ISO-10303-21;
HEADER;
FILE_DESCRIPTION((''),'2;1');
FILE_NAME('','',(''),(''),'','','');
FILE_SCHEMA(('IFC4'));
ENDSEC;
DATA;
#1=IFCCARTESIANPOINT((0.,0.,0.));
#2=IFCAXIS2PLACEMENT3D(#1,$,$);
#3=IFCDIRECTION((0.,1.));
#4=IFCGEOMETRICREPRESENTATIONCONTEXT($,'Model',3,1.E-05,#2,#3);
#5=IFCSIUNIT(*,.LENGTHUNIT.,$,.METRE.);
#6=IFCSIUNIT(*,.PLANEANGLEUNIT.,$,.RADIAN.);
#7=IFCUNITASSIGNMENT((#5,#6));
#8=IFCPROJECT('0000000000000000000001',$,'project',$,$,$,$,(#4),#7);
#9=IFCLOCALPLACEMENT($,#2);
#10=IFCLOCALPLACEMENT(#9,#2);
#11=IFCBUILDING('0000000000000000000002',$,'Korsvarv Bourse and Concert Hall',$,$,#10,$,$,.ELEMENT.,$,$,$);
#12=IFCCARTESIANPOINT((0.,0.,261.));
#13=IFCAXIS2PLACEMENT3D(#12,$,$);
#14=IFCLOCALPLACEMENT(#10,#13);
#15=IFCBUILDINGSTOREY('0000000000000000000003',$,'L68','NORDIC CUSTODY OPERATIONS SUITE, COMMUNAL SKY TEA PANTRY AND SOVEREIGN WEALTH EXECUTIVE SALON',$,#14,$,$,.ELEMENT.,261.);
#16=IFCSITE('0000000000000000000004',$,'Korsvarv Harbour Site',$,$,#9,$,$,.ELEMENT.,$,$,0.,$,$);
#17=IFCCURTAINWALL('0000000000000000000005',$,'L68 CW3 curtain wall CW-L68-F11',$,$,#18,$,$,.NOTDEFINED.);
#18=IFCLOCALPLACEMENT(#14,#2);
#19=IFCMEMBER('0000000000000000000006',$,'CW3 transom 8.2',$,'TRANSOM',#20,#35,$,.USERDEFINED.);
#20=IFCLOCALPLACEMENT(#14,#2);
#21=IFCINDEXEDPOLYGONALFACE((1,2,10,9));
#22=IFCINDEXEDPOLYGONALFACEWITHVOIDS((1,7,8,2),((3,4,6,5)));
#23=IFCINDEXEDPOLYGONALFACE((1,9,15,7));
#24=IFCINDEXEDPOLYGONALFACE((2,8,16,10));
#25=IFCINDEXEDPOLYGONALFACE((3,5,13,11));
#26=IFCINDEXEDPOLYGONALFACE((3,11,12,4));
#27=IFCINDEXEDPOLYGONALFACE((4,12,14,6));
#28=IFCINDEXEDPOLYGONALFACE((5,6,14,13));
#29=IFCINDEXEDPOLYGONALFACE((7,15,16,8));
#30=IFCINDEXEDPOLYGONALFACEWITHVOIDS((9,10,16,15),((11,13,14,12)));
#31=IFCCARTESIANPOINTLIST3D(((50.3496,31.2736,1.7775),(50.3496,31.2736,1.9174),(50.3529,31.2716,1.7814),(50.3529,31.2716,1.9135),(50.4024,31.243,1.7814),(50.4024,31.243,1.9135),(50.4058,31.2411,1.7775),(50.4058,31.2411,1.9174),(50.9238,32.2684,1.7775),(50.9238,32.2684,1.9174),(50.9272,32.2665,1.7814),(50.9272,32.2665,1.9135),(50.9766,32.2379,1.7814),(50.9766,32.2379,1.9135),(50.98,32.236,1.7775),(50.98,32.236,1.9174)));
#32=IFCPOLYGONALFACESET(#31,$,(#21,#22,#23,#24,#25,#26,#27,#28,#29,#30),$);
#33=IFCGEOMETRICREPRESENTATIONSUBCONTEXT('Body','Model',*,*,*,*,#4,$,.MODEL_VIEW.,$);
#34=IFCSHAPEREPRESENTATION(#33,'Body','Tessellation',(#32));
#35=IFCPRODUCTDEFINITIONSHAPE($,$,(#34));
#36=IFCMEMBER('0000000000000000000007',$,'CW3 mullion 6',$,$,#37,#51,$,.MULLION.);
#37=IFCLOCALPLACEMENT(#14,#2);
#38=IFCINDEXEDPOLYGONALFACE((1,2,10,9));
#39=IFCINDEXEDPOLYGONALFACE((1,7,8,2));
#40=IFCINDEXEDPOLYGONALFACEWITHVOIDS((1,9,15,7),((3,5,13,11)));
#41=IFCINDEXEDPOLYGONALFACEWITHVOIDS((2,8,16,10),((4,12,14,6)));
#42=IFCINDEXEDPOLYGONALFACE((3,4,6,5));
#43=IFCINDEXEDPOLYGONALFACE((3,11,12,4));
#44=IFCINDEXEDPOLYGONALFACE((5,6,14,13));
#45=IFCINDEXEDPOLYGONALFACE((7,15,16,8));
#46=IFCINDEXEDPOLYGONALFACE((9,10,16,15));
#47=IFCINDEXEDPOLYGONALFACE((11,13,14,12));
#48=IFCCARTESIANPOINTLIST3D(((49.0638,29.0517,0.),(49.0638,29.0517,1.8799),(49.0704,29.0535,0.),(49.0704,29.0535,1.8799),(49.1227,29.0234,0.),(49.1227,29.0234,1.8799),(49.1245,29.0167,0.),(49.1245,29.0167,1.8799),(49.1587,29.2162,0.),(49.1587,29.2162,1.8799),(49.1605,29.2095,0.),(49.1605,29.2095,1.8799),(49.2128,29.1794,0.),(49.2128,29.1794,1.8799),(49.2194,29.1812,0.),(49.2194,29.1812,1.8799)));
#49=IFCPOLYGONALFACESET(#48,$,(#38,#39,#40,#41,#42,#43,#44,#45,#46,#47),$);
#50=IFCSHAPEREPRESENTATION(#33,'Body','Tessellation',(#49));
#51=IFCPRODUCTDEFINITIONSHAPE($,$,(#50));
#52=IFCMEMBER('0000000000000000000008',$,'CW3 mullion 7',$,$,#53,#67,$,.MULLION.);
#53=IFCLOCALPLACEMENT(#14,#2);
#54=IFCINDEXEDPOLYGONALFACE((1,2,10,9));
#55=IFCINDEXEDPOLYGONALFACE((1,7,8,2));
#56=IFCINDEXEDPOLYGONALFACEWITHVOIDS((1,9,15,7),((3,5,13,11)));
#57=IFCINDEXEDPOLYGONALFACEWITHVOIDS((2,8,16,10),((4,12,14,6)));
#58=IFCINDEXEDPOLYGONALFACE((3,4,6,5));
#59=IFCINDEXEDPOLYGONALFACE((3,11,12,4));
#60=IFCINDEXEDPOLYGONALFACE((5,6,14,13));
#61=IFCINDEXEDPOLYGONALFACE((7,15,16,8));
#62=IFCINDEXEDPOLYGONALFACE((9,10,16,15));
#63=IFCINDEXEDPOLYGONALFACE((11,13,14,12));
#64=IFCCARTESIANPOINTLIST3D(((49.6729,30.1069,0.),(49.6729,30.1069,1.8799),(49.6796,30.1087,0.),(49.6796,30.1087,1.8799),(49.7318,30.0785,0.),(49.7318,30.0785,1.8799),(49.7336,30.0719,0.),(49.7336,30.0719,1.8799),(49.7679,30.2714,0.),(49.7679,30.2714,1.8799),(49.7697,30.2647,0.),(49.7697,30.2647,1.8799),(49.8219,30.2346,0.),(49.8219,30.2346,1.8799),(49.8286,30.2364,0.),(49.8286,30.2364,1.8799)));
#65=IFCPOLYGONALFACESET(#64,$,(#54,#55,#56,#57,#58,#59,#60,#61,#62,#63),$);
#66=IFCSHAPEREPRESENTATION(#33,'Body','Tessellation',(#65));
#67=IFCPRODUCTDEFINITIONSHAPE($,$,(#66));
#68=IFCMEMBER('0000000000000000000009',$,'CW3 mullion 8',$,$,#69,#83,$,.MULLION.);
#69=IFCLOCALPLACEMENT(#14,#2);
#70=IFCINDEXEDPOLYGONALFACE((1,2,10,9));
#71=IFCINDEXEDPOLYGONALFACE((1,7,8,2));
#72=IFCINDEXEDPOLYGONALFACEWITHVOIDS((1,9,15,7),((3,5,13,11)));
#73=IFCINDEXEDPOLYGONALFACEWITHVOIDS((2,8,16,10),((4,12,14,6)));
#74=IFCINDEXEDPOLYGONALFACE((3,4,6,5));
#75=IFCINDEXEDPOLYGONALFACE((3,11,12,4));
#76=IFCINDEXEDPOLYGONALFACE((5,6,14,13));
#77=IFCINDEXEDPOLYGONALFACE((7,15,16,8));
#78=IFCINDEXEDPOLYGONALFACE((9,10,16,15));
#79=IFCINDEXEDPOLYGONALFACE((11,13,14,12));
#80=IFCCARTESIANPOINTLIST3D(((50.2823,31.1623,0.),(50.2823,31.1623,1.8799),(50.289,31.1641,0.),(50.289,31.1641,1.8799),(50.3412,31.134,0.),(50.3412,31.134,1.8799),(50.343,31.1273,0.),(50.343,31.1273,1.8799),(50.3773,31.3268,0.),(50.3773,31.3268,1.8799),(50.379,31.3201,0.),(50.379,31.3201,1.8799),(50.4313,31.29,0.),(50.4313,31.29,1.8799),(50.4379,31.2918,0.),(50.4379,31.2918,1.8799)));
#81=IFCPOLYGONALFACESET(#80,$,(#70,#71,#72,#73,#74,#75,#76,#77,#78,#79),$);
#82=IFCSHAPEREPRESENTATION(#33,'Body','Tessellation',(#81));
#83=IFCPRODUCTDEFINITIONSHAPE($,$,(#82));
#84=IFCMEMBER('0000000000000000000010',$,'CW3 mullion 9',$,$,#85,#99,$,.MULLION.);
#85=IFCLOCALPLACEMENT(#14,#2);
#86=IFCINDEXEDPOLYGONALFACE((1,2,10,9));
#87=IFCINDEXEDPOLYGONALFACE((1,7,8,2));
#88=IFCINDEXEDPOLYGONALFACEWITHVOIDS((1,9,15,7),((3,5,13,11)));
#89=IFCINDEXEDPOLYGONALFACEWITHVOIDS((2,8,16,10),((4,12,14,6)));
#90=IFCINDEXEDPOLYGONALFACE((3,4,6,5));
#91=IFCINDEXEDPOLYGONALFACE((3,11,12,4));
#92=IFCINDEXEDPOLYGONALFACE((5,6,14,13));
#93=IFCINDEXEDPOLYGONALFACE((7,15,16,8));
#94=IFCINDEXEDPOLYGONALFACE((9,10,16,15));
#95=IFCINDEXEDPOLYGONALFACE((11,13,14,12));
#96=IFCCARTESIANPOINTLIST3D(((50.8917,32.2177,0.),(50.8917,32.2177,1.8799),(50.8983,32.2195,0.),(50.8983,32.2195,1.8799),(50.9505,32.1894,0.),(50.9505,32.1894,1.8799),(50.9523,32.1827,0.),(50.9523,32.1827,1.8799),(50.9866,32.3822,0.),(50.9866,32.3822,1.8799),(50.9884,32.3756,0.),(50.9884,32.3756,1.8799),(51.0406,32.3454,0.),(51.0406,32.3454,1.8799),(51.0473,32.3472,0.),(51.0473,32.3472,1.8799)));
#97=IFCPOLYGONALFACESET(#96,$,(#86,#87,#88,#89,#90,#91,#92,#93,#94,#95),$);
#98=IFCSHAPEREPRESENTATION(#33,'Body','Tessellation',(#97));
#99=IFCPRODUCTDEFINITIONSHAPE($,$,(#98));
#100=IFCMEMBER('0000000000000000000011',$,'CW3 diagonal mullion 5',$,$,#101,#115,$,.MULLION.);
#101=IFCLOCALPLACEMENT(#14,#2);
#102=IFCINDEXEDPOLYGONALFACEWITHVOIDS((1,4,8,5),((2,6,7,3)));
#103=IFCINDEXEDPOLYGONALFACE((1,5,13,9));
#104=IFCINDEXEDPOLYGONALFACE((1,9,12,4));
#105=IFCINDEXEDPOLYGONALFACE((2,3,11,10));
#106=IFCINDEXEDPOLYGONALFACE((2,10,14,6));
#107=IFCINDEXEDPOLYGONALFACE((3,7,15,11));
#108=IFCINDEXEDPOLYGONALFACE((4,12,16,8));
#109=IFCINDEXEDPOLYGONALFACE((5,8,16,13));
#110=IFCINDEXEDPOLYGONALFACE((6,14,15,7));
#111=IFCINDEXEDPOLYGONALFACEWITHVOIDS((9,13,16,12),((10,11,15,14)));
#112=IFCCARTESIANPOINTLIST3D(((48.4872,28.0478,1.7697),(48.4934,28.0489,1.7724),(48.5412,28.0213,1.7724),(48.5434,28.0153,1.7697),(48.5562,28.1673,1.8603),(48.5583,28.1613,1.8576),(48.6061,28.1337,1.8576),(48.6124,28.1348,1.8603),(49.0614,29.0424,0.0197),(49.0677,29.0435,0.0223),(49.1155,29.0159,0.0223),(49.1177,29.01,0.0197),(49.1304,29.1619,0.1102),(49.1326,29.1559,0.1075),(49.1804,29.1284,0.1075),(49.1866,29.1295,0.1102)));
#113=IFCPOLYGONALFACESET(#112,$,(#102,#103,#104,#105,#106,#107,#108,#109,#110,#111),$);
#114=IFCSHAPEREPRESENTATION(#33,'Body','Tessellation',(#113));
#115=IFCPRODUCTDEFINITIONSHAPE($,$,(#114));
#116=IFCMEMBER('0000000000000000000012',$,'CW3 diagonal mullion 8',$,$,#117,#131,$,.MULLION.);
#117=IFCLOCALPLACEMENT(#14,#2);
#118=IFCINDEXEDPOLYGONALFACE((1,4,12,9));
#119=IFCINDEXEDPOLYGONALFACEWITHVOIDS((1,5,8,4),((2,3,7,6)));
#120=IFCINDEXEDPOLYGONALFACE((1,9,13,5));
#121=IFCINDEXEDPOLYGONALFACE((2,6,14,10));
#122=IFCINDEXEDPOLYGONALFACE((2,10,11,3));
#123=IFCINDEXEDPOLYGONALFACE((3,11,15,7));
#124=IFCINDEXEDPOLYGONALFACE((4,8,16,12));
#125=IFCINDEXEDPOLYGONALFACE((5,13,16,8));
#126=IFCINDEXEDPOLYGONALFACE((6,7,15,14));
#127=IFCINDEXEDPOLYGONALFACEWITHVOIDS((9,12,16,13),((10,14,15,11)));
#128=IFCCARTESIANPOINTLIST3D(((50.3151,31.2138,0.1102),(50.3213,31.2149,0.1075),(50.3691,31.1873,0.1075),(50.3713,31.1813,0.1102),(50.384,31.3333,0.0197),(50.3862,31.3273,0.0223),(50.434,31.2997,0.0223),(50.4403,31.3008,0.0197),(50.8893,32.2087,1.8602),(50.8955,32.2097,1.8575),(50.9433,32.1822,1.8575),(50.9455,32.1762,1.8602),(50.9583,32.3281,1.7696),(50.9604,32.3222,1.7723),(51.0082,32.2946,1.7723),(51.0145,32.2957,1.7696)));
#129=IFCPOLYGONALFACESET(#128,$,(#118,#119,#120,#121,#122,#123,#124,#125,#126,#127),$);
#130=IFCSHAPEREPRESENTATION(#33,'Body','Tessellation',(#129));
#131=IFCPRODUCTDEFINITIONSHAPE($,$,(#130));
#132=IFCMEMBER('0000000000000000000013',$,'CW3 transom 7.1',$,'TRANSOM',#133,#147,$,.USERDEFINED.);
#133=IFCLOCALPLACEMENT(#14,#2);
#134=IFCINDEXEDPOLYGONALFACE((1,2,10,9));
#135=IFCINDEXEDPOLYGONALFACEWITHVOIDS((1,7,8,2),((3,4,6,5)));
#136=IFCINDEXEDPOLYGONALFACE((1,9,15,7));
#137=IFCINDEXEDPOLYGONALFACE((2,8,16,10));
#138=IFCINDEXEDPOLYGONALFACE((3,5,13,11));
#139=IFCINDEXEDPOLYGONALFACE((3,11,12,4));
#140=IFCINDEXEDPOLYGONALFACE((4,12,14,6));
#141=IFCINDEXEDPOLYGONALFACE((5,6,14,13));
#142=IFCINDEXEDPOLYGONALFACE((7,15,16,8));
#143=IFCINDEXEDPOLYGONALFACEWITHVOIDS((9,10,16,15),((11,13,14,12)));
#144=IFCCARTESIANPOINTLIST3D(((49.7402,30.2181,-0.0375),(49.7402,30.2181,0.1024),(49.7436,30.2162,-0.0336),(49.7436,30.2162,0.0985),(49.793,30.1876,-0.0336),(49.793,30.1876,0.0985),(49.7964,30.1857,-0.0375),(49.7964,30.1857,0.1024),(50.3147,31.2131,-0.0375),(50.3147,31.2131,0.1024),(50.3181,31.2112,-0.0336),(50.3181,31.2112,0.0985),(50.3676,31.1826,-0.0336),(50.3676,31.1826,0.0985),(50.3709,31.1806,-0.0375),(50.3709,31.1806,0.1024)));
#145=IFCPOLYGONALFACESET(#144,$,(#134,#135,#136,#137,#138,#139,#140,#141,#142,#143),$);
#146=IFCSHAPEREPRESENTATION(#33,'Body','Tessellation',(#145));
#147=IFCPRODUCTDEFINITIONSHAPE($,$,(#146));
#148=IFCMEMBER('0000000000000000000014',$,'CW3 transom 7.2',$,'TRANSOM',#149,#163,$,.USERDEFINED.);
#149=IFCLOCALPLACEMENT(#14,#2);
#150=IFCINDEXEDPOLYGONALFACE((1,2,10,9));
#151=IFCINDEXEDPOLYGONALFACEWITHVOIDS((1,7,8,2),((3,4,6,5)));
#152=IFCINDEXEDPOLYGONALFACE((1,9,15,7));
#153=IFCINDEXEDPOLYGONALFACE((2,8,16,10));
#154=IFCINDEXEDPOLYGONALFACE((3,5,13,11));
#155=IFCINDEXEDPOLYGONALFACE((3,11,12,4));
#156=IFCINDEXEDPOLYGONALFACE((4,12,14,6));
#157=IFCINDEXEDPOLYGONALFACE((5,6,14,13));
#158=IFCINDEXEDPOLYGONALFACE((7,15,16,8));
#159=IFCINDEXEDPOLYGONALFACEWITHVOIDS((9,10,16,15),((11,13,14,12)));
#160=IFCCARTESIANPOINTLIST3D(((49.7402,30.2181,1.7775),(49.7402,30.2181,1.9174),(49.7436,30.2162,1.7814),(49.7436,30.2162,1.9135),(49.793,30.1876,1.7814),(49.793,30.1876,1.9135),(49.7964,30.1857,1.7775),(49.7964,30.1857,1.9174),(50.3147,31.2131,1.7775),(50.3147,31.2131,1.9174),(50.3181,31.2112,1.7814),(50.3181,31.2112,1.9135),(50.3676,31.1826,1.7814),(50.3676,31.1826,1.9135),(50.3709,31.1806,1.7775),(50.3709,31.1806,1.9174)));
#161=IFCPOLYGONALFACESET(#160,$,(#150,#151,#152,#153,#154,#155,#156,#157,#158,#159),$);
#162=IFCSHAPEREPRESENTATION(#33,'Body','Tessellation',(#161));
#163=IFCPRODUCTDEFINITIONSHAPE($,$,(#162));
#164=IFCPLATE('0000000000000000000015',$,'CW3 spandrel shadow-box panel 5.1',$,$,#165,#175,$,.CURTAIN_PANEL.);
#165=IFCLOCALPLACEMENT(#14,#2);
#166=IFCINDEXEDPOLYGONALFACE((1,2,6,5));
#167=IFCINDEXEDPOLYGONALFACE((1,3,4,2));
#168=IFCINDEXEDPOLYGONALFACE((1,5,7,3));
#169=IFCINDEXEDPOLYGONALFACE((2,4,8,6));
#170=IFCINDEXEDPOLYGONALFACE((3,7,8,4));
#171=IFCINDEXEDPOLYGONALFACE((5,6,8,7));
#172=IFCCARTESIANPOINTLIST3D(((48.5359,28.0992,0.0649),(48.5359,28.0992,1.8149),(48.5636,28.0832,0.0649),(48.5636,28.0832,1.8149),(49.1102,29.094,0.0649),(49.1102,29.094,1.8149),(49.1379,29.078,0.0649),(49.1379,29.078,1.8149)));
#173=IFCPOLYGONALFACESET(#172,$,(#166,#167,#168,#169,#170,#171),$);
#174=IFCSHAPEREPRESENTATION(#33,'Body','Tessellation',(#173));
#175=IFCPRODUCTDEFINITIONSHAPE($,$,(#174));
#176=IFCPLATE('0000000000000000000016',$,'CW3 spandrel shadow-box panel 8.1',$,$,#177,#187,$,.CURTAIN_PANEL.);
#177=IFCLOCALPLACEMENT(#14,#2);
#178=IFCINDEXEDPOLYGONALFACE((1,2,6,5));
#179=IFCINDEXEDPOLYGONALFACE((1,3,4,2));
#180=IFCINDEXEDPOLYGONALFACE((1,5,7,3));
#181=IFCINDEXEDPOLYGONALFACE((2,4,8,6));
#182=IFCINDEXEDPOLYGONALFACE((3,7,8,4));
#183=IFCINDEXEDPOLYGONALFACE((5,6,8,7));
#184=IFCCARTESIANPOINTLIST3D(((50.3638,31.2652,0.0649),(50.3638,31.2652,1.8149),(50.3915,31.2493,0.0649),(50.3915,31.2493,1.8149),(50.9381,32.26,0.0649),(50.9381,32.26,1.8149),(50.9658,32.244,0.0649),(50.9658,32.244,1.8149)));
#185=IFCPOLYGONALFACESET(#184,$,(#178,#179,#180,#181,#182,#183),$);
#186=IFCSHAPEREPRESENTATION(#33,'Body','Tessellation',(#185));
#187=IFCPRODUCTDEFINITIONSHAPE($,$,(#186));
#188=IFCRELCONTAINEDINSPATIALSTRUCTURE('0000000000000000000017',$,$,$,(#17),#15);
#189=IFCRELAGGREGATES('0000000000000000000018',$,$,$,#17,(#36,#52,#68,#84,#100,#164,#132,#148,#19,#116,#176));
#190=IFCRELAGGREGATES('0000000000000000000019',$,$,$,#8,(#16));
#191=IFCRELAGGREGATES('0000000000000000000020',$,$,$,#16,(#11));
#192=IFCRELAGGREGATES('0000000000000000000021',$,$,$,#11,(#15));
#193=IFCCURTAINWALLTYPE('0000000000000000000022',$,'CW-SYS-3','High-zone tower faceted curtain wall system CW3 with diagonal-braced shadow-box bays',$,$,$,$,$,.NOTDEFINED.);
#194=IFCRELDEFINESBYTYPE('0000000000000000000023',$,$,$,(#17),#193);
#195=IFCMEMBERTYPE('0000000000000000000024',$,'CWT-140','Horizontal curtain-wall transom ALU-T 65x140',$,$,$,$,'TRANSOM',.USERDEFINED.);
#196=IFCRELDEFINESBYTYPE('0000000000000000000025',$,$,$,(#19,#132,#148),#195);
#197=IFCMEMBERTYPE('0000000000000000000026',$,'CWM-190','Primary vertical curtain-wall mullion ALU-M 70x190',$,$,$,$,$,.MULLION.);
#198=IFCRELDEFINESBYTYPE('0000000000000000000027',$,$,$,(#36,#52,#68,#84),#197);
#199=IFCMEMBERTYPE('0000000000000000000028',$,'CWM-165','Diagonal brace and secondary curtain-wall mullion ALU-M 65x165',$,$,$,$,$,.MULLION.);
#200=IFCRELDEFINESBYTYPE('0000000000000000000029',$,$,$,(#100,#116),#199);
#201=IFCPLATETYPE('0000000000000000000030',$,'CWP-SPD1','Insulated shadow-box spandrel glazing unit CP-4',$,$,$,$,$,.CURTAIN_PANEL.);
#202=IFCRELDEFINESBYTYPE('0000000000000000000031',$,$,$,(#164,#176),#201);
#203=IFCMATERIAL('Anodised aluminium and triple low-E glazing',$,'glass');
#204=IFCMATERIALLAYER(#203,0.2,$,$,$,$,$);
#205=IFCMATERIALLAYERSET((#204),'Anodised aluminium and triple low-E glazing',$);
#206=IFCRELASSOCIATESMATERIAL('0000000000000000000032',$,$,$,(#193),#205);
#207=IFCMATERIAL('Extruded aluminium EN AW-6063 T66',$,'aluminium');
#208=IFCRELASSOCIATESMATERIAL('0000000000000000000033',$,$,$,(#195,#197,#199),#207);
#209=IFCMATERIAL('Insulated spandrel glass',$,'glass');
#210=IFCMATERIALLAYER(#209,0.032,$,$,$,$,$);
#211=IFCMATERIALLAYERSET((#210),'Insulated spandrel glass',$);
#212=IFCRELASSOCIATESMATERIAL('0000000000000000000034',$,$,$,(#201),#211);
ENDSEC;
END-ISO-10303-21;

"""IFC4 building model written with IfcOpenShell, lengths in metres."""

from ifc_helpers import new_model, si_unit, direction, frame, origin, origin_2d, place, context, subcontext, project, spatial, rectangle, hollow_rectangle, extrude, source, transform, mapped, material, layer, layer_set, material_profile, profile_set, type_object, element, aggregate, save


model = new_model("IFC4")

# Units and contexts
model_context = context("Model", 3, precision=1e-05, world=origin(), true_north=direction((0.0, 1.0)))
body_context = subcontext(model_context, "Body", "Model", "MODEL_VIEW")
ifc_project = project(units=[si_unit("LENGTHUNIT", "METRE"), si_unit("PLANEANGLEUNIT", "RADIAN")], contexts=[model_context])

# Site, building, storey
site_placement = place(None, origin())
site = spatial("IfcSite", under=ifc_project, at=site_placement, Name="Korsvarv Harbour Site", CompositionType="ELEMENT", RefElevation=0.0)
building_placement = place(site_placement, origin())
building = spatial("IfcBuilding", under=site, at=building_placement, Name="Korsvarv Bourse and Concert Hall", CompositionType="ELEMENT")
storey_placement = place(building_placement, frame((0.0, 0.0, 261.0)))
storey = spatial("IfcBuildingStorey", under=building, at=storey_placement, Name="L68", Description="NORDIC CUSTODY OPERATIONS SUITE, COMMUNAL SKY TEA PANTRY AND SOVEREIGN WEALTH EXECUTIVE SALON", CompositionType="ELEMENT", Elevation=261.0)

# Curtain wall, members, plates
ifc_material_1 = material(Name="Anodised aluminium and triple low-E glazing", Category="glass")
ifc_layer_1 = layer(ifc_material_1, 0.2)
ifc_layer_set_1 = layer_set([ifc_layer_1], Name="Anodised aluminium and triple low-E glazing")
curtain_wall_type = type_object("IfcCurtainWallType", Name="CW-SYS-3", Description="High-zone tower faceted curtain wall system CW3 with diagonal-braced shadow-box bays", PredefinedType="NOTDEFINED", material=ifc_layer_set_1)
curtain_wall_placement = place(storey_placement, origin())
curtain_wall = element("IfcCurtainWall", 1, at=curtain_wall_placement, inside=storey, type_object=curtain_wall_type, Name="L68 CW3 curtain wall CW-L68-F11", PredefinedType="NOTDEFINED")
ifc_material_2 = material(Name="Extruded aluminium EN AW-6063 T66", Category="aluminium")
ifc_material_profile_1 = material_profile(ifc_material_2, hollow_rectangle(XDim=0.0649, YDim=0.1399, WallThickness=0.0039, at=origin_2d()), Name="ALU-T 65x140")
ifc_profile_set_1 = profile_set([ifc_material_profile_1], Name="Extruded aluminium EN AW-6063 T66")
member_type_1 = type_object("IfcMemberType", Name="CWT-140", Description="Horizontal curtain-wall transom ALU-T 65x140", ElementType="TRANSOM", PredefinedType="USERDEFINED", material=ifc_profile_set_1)
shared_shape_1 = source(origin(), body_context, "Body", "SweptSolid", [
    extrude(hollow_rectangle(XDim=0.0649, YDim=0.1399, WallThickness=0.0039, at=origin_2d()), origin(), (0.0, 0.0, 1.0), 1.1487),
])
member_1_placement = place(storey_placement, frame((50.3777, 31.2573, 1.8474), z_axis=(0.499888, 0.86609, 0.0), x_axis=(-0.86609, 0.499888, 0.0)))
member_1 = element("IfcMember", 2, at=member_1_placement, type_object=member_type_1, Name="CW3 transom 8.2", ObjectType="TRANSOM", PredefinedType="USERDEFINED", context=body_context, shape_type="MappedRepresentation", body=[
    mapped(shared_shape_1, transform((0.0, 0.0, 0.0), scale=1.0)),
])
ifc_material_profile_2 = material_profile(ifc_material_2, hollow_rectangle(XDim=0.0701, YDim=0.1899, WallThickness=0.0049, at=origin_2d()), Name="ALU-M 70x190")
ifc_profile_set_2 = profile_set([ifc_material_profile_2], Name="Extruded aluminium EN AW-6063 T66")
member_type_2 = type_object("IfcMemberType", Name="CWM-190", Description="Primary vertical curtain-wall mullion ALU-M 70x190", PredefinedType="MULLION", material=ifc_profile_set_2)
shared_shape_2 = source(origin(), body_context, "Body", "SweptSolid", [
    extrude(hollow_rectangle(XDim=0.0701, YDim=0.1899, WallThickness=0.0049, at=origin_2d()), origin(), (0.0, 0.0, 1.0), 1.8799),
])
member_2_placement = place(storey_placement, frame((49.1416, 29.1165, 0.0), z_axis=(0.0, 0.0, 1.0), x_axis=(-0.866023, 0.500004, 0.0)))
member_2 = element("IfcMember", 3, at=member_2_placement, type_object=member_type_2, Name="CW3 mullion 6", PredefinedType="MULLION", context=body_context, shape_type="MappedRepresentation", body=[
    mapped(shared_shape_2, transform((0.0, 0.0, 0.0), scale=1.0)),
])
member_3_placement = place(storey_placement, frame((49.7507, 30.1716, 0.0), z_axis=(0.0, 0.0, 1.0), x_axis=(-0.866023, 0.500004, 0.0)))
member_3 = element("IfcMember", 4, at=member_3_placement, type_object=member_type_2, Name="CW3 mullion 7", PredefinedType="MULLION", context=body_context, shape_type="MappedRepresentation", body=[
    mapped(shared_shape_2, transform((0.0, 0.0, 0.0), scale=1.0)),
])
member_4_placement = place(storey_placement, frame((50.3601, 31.2271, 0.0), z_axis=(0.0, 0.0, 1.0), x_axis=(-0.866023, 0.500004, 0.0)))
member_4 = element("IfcMember", 5, at=member_4_placement, type_object=member_type_2, Name="CW3 mullion 8", PredefinedType="MULLION", context=body_context, shape_type="MappedRepresentation", body=[
    mapped(shared_shape_2, transform((0.0, 0.0, 0.0), scale=1.0)),
])
member_5_placement = place(storey_placement, frame((50.9695, 32.2825, 0.0), z_axis=(0.0, 0.0, 1.0), x_axis=(-0.866023, 0.500004, 0.0)))
member_5 = element("IfcMember", 6, at=member_5_placement, type_object=member_type_2, Name="CW3 mullion 9", PredefinedType="MULLION", context=body_context, shape_type="MappedRepresentation", body=[
    mapped(shared_shape_2, transform((0.0, 0.0, 0.0), scale=1.0)),
])
ifc_material_profile_3 = material_profile(ifc_material_2, hollow_rectangle(XDim=0.0649, YDim=0.165, WallThickness=0.0049, at=origin_2d()), Name="ALU-M 65x165")
ifc_profile_set_3 = profile_set([ifc_material_profile_3], Name="Extruded aluminium EN AW-6063 T66")
member_type_3 = type_object("IfcMemberType", Name="CWM-165", Description="Diagonal brace and secondary curtain-wall mullion ALU-M 65x165", PredefinedType="MULLION", material=ifc_profile_set_3)
shared_shape_3 = source(origin(), body_context, "Body", "SweptSolid", [
    extrude(hollow_rectangle(XDim=0.0649, YDim=0.165, WallThickness=0.0049, at=origin_2d()), origin(), (0.0, 0.0, 1.0), 2.0933),
])
member_6_placement = place(storey_placement, frame((49.124, 29.0859, 0.0649), z_axis=(-0.274325, -0.47517, 0.836038), x_axis=(0.866037, -0.49998, 0.0)))
member_6 = element("IfcMember", 7, at=member_6_placement, type_object=member_type_3, Name="CW3 diagonal mullion 5", PredefinedType="MULLION", context=body_context, shape_type="MappedRepresentation", body=[
    mapped(shared_shape_3, transform((0.0, 0.0, 0.0), scale=1.0)),
])
member_7_placement = place(storey_placement, frame((50.3777, 31.2573, 0.0649), z_axis=(0.27431, 0.47526, 0.835992), x_axis=(-0.86609, 0.499888, 0.0)))
member_7 = element("IfcMember", 8, at=member_7_placement, type_object=member_type_3, Name="CW3 diagonal mullion 8", PredefinedType="MULLION", context=body_context, shape_type="MappedRepresentation", body=[
    mapped(shared_shape_3, transform((0.0, 0.0, 0.0), scale=1.0)),
])
shared_shape_4 = source(origin(), body_context, "Body", "SweptSolid", [
    extrude(hollow_rectangle(XDim=0.0649, YDim=0.1399, WallThickness=0.0039, at=origin_2d()), origin(), (0.0, 0.0, 1.0), 1.1489),
])
member_8_placement = place(storey_placement, frame((49.7683, 30.2019, 0.0325), z_axis=(0.500047, 0.865998, 0.0), x_axis=(-0.865998, 0.500047, 0.0)))
member_8 = element("IfcMember", 9, at=member_8_placement, type_object=member_type_1, Name="CW3 transom 7.1", ObjectType="TRANSOM", PredefinedType="USERDEFINED", context=body_context, shape_type="MappedRepresentation", body=[
    mapped(shared_shape_4, transform((0.0, 0.0, 0.0), scale=1.0)),
])
member_9_placement = place(storey_placement, frame((49.7683, 30.2019, 1.8474), z_axis=(0.500047, 0.865998, 0.0), x_axis=(-0.865998, 0.500047, 0.0)))
member_9 = element("IfcMember", 10, at=member_9_placement, type_object=member_type_1, Name="CW3 transom 7.2", ObjectType="TRANSOM", PredefinedType="USERDEFINED", context=body_context, shape_type="MappedRepresentation", body=[
    mapped(shared_shape_4, transform((0.0, 0.0, 0.0), scale=1.0)),
])
ifc_material_3 = material(Name="Insulated spandrel glass", Category="glass")
ifc_layer_2 = layer(ifc_material_3, 0.032)
ifc_layer_set_2 = layer_set([ifc_layer_2], Name="Insulated spandrel glass")
plate_type_1 = type_object("IfcPlateType", Name="CWP-SPD1", Description="Insulated shadow-box spandrel glazing unit CP-4", PredefinedType="CURTAIN_PANEL", material=ifc_layer_set_2)
shared_shape_5 = source(origin(), body_context, "Body", "SweptSolid", [
    extrude(rectangle(XDim=1.1487, YDim=0.032, at=origin_2d()), origin(), (0.0, 0.0, 1.0), 1.75),
])
plate_1_placement = place(storey_placement, frame((48.8369, 28.5886, 0.0649), z_axis=(0.0, 0.0, 1.0), x_axis=(0.500004, 0.866023, 0.0)))
plate_1 = element("IfcPlate", 11, at=plate_1_placement, type_object=plate_type_1, Name="CW3 spandrel shadow-box panel 5.1", PredefinedType="CURTAIN_PANEL", context=body_context, shape_type="MappedRepresentation", body=[
    mapped(shared_shape_5, transform((0.0, 0.0, 0.0), scale=1.0)),
])
plate_2_placement = place(storey_placement, frame((50.6648, 31.7546, 0.0649), z_axis=(0.0, 0.0, 1.0), x_axis=(0.500004, 0.866023, 0.0)))
plate_2 = element("IfcPlate", 12, at=plate_2_placement, type_object=plate_type_1, Name="CW3 spandrel shadow-box panel 8.1", PredefinedType="CURTAIN_PANEL", context=body_context, shape_type="MappedRepresentation", body=[
    mapped(shared_shape_5, transform((0.0, 0.0, 0.0), scale=1.0)),
])
aggregate(curtain_wall, [member_2, member_3, member_4, member_5, member_6, plate_1, member_8, member_9, member_1, member_7, plate_2])

save(model, "model.ifc")
